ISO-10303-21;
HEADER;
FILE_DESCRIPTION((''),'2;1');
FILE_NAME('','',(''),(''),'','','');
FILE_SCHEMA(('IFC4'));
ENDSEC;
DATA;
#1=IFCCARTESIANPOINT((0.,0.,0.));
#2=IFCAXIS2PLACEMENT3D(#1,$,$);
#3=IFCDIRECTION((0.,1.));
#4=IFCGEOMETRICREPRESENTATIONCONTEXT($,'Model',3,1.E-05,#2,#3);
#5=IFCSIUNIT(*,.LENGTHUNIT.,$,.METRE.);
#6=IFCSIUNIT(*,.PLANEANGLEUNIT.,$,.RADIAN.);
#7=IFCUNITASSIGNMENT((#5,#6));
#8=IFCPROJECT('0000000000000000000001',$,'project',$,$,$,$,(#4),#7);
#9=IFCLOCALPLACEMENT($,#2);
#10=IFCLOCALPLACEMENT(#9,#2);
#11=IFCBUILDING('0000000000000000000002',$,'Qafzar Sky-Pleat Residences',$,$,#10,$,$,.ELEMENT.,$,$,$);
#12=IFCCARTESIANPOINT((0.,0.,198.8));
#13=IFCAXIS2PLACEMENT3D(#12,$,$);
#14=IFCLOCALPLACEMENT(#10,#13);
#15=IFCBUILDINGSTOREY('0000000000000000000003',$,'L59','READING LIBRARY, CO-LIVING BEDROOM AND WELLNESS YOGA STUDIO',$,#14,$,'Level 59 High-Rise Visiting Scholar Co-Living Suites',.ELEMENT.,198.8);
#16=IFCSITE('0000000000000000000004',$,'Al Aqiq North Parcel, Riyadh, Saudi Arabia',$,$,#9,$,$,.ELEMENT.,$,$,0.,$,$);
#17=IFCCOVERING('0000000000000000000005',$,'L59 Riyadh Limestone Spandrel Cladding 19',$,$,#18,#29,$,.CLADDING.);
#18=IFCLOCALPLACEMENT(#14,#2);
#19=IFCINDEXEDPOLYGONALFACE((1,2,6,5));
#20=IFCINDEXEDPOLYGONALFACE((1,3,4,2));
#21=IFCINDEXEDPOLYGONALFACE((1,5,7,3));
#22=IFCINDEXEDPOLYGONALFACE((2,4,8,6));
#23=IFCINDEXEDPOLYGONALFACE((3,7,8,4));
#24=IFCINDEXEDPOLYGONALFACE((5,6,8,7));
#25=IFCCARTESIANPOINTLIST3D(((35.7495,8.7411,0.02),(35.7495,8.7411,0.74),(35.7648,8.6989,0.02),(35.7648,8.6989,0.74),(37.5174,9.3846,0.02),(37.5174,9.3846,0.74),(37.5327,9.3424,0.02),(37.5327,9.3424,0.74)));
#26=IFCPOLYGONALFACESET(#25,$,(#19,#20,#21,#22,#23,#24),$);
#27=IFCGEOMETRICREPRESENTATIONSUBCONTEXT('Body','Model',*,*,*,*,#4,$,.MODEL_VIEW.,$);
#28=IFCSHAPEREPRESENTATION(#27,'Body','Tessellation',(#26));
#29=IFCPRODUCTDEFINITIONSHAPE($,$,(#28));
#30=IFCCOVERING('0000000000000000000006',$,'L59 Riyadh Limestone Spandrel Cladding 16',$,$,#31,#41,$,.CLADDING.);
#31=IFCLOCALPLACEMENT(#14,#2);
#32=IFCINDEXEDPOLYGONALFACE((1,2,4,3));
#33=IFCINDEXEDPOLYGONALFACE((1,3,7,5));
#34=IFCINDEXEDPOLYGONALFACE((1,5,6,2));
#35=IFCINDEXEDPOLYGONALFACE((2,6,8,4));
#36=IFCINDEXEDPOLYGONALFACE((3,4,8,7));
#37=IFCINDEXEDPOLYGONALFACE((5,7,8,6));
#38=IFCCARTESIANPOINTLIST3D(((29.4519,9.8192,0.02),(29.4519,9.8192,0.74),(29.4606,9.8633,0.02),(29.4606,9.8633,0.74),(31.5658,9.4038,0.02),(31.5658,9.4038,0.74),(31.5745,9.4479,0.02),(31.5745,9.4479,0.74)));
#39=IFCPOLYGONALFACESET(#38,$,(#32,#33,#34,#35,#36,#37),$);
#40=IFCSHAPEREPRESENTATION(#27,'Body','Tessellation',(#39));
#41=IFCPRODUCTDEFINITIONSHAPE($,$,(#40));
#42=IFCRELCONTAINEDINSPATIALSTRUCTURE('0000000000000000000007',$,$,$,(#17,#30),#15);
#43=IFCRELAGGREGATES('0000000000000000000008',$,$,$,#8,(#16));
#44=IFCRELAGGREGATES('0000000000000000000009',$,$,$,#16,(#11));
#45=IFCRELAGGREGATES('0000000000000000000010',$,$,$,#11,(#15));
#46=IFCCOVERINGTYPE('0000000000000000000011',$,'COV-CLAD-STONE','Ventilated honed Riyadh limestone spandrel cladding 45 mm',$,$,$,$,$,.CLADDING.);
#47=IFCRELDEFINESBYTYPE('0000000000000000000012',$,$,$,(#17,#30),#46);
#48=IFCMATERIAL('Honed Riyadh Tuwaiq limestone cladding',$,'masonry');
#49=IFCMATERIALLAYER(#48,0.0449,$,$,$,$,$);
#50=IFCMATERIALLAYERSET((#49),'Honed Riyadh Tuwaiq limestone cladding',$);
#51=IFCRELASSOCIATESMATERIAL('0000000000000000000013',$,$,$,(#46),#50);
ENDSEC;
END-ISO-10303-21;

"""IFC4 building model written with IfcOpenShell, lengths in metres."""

from ifc_helpers import new_model, si_unit, direction, frame, origin, origin_2d, place, context, subcontext, project, spatial, rectangle, extrude, source, transform, mapped, material, layer, layer_set, type_object, element, save


model = new_model("IFC4")

# Units and contexts
model_context = context("Model", 3, precision=1e-05, world=origin(), true_north=direction((0.0, 1.0)))
body_context = subcontext(model_context, "Body", "Model", "MODEL_VIEW")
ifc_project = project(units=[si_unit("LENGTHUNIT", "METRE"), si_unit("PLANEANGLEUNIT", "RADIAN")], contexts=[model_context])

# Site, building, storey
site_placement = place(None, origin())
site = spatial("IfcSite", under=ifc_project, at=site_placement, Name="Al Aqiq North Parcel, Riyadh, Saudi Arabia", CompositionType="ELEMENT", RefElevation=0.0)
building_placement = place(site_placement, origin())
building = spatial("IfcBuilding", under=site, at=building_placement, Name="Qafzar Sky-Pleat Residences", CompositionType="ELEMENT")
storey_placement = place(building_placement, frame((0.0, 0.0, 198.8)))
storey = spatial("IfcBuildingStorey", under=building, at=storey_placement, Name="L59", Description="READING LIBRARY, CO-LIVING BEDROOM AND WELLNESS YOGA STUDIO", LongName="Level 59 High-Rise Visiting Scholar Co-Living Suites", CompositionType="ELEMENT", Elevation=198.8)

# Coverings
ifc_material_1 = material(Name="Honed Riyadh Tuwaiq limestone cladding", Category="masonry")
ifc_layer_1 = layer(ifc_material_1, 0.0449)
ifc_layer_set_1 = layer_set([ifc_layer_1], Name="Honed Riyadh Tuwaiq limestone cladding")
covering_type = type_object("IfcCoveringType", Name="COV-CLAD-STONE", Description="Ventilated honed Riyadh limestone spandrel cladding 45 mm", PredefinedType="CLADDING", material=ifc_layer_set_1)
shared_shape_1 = source(origin(), body_context, "Body", "SweptSolid", [
    extrude(rectangle(XDim=1.8813, YDim=0.0449, at=origin_2d()), origin(), (0.0, 0.0, 1.0), 0.72),
])
covering_1_placement = place(storey_placement, frame((36.6411, 9.0417, 0.02), z_axis=(0.0, 0.0, 1.0), x_axis=(0.939694, 0.342016, 0.0)))
element("IfcCovering", 1, at=covering_1_placement, inside=storey, type_object=covering_type, Name="L59 Riyadh Limestone Spandrel Cladding 19", PredefinedType="CLADDING", context=body_context, shape_type="MappedRepresentation", body=[
    mapped(shared_shape_1, transform((0.0, 0.0, 0.0), x_axis=(1.0, 0.0, 0.0), y_axis=(0.0, 1.0, 0.0), z_axis=(0.0, 0.0, 1.0), scale=1.0)),
])
shared_shape_2 = source(origin(), body_context, "Body", "SweptSolid", [
    extrude(rectangle(XDim=2.1543, YDim=0.0449, at=origin_2d()), origin(), (0.0, 0.0, 1.0), 0.72),
])
covering_2_placement = place(storey_placement, frame((30.5132, 9.6335, 0.02), z_axis=(0.0, 0.0, 1.0), x_axis=(0.981236, -0.192813, 0.0)))
element("IfcCovering", 2, at=covering_2_placement, inside=storey, type_object=covering_type, Name="L59 Riyadh Limestone Spandrel Cladding 16", PredefinedType="CLADDING", context=body_context, shape_type="MappedRepresentation", body=[
    mapped(shared_shape_2, transform((0.0, 0.0, 0.0), x_axis=(1.0, 0.0, 0.0), y_axis=(0.0, 1.0, 0.0), z_axis=(0.0, 0.0, 1.0), scale=1.0)),
])

save(model, "model.ifc")
